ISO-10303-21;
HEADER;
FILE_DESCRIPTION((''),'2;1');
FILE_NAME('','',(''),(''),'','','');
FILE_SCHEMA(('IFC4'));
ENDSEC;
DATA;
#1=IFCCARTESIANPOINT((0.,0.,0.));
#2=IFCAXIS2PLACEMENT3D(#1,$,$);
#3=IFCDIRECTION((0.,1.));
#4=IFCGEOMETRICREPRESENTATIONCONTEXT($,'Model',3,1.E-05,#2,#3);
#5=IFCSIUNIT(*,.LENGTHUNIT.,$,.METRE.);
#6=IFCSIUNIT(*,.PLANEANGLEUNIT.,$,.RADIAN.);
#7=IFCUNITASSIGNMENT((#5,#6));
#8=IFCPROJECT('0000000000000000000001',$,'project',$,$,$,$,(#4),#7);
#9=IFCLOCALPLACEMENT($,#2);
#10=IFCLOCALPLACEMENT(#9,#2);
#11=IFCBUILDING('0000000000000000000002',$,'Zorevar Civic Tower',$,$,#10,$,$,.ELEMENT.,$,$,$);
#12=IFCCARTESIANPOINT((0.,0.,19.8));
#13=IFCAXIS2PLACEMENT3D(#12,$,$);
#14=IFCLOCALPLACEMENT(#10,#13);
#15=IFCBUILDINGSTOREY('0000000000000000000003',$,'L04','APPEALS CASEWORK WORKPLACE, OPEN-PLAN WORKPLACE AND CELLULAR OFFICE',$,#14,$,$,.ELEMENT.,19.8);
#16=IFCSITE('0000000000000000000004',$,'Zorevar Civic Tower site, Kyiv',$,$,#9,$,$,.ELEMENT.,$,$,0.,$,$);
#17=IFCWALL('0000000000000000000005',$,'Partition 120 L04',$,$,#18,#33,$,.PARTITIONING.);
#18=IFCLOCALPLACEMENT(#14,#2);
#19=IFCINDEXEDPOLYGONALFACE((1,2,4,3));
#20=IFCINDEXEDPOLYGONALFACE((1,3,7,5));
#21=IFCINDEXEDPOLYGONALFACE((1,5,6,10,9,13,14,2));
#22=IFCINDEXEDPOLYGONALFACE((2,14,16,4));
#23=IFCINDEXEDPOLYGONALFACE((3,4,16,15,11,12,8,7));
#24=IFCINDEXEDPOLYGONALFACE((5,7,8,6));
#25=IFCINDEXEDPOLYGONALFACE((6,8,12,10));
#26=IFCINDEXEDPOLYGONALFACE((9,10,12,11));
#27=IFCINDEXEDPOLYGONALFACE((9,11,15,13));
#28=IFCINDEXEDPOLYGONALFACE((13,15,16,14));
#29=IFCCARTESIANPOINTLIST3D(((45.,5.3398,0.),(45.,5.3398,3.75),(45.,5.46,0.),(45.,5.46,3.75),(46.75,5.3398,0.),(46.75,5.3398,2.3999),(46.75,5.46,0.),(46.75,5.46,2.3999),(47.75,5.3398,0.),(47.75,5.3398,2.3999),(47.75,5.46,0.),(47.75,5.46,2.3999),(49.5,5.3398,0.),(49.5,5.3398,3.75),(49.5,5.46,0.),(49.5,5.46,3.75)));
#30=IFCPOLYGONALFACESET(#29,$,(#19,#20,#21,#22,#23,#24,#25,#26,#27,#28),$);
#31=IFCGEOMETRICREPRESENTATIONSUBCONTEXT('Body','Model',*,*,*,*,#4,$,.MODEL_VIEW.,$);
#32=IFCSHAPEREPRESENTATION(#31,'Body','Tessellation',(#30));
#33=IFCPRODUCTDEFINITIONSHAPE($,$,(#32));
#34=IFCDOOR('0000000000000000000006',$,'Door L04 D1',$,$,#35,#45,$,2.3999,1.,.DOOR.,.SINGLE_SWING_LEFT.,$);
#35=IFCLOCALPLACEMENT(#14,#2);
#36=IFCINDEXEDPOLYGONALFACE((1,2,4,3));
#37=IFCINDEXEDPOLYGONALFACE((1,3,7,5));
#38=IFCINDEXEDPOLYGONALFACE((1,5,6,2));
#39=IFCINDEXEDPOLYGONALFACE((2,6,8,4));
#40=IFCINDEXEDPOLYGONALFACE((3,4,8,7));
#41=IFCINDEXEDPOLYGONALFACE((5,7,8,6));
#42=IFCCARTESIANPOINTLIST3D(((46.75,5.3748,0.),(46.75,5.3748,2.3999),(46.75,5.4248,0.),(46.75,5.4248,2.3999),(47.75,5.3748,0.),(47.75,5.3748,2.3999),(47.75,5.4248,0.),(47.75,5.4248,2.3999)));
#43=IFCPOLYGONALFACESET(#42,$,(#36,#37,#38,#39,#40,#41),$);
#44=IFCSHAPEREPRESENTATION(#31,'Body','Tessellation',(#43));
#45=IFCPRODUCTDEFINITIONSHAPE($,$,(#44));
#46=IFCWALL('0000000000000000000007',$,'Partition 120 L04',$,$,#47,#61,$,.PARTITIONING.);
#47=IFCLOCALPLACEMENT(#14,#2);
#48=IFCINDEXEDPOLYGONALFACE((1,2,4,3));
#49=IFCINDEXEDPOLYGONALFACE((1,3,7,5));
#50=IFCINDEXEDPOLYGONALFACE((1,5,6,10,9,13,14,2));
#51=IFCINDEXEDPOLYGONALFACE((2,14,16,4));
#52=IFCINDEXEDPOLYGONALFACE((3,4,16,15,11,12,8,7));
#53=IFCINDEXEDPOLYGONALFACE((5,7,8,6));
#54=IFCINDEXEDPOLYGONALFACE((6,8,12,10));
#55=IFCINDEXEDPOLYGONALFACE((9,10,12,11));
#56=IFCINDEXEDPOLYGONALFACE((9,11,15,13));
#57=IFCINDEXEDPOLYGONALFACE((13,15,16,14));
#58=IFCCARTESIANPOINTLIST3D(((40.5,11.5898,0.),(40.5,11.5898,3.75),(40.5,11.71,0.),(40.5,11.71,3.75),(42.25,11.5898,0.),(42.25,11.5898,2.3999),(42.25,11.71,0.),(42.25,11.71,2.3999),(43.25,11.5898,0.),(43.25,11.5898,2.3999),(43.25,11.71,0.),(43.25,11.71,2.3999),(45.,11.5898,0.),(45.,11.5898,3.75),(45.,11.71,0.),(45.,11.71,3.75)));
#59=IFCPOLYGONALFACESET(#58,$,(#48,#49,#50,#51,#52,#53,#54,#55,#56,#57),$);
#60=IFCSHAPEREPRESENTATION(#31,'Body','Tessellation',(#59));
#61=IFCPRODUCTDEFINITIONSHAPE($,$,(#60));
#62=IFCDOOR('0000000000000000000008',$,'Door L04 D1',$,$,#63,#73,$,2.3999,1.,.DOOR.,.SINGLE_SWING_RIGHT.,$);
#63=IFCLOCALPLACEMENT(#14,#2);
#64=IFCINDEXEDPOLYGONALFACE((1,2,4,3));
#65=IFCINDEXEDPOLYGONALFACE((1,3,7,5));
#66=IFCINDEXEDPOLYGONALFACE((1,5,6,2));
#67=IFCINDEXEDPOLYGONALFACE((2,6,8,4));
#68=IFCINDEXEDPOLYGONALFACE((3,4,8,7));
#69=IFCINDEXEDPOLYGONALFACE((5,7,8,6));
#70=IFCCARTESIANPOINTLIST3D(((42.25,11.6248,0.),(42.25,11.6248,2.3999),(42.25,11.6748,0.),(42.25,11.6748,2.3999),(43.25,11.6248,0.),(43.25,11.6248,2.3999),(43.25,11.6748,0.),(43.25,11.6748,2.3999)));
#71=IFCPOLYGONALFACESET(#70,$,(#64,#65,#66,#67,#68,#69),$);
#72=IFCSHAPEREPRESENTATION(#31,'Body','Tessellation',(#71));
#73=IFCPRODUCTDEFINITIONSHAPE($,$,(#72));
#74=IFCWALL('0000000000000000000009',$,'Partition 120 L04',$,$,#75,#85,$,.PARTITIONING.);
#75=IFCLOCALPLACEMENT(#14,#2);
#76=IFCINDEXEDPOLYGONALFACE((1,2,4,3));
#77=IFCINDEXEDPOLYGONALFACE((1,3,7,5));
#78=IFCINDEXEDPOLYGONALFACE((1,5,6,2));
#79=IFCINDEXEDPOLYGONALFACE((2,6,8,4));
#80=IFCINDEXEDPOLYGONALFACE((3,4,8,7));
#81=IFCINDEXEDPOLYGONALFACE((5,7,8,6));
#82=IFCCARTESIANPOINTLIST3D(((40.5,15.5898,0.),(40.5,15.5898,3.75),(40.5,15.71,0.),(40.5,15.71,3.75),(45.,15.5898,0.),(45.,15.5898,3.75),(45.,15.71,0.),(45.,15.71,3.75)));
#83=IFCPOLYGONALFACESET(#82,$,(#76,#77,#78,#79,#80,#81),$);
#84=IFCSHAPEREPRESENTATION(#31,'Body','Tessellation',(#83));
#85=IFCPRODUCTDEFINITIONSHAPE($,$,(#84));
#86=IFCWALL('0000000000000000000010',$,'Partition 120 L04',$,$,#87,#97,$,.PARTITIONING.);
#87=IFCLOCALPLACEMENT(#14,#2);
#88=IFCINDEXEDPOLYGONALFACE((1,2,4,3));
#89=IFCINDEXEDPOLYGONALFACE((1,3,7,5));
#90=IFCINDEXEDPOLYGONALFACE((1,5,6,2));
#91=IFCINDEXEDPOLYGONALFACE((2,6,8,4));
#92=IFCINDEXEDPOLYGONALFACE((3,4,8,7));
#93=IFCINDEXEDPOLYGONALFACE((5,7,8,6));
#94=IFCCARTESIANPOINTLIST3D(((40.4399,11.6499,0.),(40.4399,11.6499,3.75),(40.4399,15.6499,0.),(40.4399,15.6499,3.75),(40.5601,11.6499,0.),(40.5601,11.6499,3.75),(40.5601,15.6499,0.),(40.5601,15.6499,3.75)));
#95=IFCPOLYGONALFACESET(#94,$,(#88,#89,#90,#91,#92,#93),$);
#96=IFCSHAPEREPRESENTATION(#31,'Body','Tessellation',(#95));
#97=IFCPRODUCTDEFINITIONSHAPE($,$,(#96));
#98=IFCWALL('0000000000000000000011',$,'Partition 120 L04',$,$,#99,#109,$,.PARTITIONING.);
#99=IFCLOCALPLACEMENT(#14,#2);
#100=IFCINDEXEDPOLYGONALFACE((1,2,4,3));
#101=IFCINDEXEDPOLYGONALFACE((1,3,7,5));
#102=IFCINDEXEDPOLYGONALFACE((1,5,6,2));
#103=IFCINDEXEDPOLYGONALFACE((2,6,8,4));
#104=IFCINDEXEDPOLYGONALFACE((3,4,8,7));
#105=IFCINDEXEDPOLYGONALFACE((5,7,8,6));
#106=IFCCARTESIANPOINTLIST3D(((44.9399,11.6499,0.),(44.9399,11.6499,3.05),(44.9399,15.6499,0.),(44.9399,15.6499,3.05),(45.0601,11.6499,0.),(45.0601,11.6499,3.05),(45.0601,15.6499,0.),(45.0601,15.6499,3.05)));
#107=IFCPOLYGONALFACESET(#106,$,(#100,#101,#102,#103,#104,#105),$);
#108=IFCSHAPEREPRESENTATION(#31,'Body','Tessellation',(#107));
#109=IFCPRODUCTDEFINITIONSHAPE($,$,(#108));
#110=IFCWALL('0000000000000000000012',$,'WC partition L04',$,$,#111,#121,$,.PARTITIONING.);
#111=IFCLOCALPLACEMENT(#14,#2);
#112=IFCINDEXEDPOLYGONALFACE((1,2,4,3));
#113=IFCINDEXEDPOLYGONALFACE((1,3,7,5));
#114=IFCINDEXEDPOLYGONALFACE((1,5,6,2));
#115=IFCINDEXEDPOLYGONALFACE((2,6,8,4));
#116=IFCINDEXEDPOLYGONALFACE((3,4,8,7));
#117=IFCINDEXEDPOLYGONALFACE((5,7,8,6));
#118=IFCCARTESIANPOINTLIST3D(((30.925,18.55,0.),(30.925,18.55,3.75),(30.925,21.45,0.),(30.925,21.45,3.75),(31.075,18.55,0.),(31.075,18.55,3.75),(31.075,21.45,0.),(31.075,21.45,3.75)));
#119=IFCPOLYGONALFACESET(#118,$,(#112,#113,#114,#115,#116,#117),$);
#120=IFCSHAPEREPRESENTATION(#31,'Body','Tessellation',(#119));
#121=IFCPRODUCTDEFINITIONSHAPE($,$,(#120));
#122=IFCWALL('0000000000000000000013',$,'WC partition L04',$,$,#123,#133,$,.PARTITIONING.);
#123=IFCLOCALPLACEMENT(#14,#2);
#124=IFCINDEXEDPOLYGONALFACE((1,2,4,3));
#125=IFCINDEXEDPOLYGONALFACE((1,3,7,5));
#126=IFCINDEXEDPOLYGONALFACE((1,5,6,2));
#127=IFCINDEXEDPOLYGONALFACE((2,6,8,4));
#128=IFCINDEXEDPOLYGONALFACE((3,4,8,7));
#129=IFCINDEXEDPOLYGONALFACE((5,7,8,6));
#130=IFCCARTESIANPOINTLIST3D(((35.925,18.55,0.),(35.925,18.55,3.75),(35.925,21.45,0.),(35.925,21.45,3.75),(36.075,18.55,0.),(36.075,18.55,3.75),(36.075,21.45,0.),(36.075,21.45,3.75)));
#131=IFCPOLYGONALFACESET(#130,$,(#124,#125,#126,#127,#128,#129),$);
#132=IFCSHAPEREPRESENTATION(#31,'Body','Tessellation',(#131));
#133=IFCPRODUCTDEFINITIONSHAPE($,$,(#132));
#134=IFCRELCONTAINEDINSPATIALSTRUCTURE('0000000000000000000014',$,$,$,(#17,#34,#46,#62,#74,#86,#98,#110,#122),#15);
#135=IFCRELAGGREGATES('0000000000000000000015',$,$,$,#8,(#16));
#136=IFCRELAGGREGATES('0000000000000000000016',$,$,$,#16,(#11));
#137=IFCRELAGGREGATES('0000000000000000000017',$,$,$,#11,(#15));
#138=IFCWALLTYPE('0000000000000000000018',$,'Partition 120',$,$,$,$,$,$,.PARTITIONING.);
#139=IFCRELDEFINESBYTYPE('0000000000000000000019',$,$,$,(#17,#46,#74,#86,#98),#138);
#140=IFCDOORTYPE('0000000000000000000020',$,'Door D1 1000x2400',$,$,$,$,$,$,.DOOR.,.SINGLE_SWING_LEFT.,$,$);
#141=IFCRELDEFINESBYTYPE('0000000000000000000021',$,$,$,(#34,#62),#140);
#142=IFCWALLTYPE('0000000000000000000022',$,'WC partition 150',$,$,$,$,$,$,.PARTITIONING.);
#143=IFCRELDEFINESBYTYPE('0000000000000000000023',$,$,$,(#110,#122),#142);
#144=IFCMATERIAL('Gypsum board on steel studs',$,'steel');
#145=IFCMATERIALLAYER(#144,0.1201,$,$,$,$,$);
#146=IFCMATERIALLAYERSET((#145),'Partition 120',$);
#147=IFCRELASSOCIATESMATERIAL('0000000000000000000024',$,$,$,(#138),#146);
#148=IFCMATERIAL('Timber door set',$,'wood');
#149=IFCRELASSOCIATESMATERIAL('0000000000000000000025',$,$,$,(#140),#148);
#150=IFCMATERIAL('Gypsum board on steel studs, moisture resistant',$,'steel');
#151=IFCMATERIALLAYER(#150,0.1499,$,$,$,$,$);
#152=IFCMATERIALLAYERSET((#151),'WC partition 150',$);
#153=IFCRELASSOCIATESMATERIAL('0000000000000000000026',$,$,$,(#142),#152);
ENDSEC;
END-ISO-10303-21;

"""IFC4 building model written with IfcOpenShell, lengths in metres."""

from ifc_helpers import new_model, si_unit, direction, frame, frame_2d, origin, place, context, subcontext, project, spatial, rectangle, extrude, material, layer, layer_set, type_object, element, fill, save


model = new_model("IFC4")

# Units and contexts
model_context = context("Model", 3, precision=1e-05, world=origin(), true_north=direction((0.0, 1.0)))
body_context = subcontext(model_context, "Body", "Model", "MODEL_VIEW")
ifc_project = project(units=[si_unit("LENGTHUNIT", "METRE"), si_unit("PLANEANGLEUNIT", "RADIAN")], contexts=[model_context])

# Site, building, storey
site_placement = place(None, origin())
site = spatial("IfcSite", under=ifc_project, at=site_placement, Name="Zorevar Civic Tower site, Kyiv", CompositionType="ELEMENT", RefElevation=0.0)
building_placement = place(site_placement, origin())
building = spatial("IfcBuilding", under=site, at=building_placement, Name="Zorevar Civic Tower", CompositionType="ELEMENT")
storey_placement = place(building_placement, frame((0.0, 0.0, 19.8)))
storey = spatial("IfcBuildingStorey", under=building, at=storey_placement, Name="L04", Description="APPEALS CASEWORK WORKPLACE, OPEN-PLAN WORKPLACE AND CELLULAR OFFICE", CompositionType="ELEMENT", Elevation=19.8)

# Walls, openings, doors
ifc_material_1 = material(Name="Gypsum board on steel studs", Category="steel")
ifc_layer_1 = layer(ifc_material_1, 0.1201)
ifc_layer_set_1 = layer_set([ifc_layer_1], Name="Partition 120")
wall_type_1 = type_object("IfcWallType", Name="Partition 120", PredefinedType="PARTITIONING", material=ifc_layer_set_1)
wall_1_placement = place(storey_placement, frame((45.0, 5.3999, 0.0), z_axis=(0.0, 0.0, 1.0), x_axis=(1.0, 0.0, 0.0)))
wall_1 = element("IfcWall", 1, at=wall_1_placement, inside=storey, type_object=wall_type_1, Name="Partition 120 L04", PredefinedType="PARTITIONING", context=body_context, shape_type="SweptSolid", body=[
    extrude(rectangle(XDim=4.5, YDim=0.1201, at=frame_2d((2.25, 0.0))), origin(), (0.0, 0.0, 1.0), 3.75),
])
opening_1_placement = place(wall_1_placement, frame((1.75, 0.0, 0.0)))
opening_1 = element("IfcOpeningElement", 2, at=opening_1_placement, cuts=wall_1, PredefinedType="OPENING", context=body_context, shape_type="SweptSolid", body=[
    extrude(rectangle(XDim=1.0, YDim=2.3999, at=frame_2d((0.5, 1.2))), frame((0.0, 0.0701, 0.0), z_axis=(0.0, -1.0, 0.0), x_axis=(1.0, 0.0, 0.0)), (0.0, 0.0, 1.0), 0.1401),
])
ifc_material_2 = material(Name="Timber door set", Category="wood")
door_type_1 = type_object("IfcDoorType", Name="Door D1 1000x2400", OperationType="SINGLE_SWING_LEFT", PredefinedType="DOOR", material=ifc_material_2)
door_1_placement = place(opening_1_placement, origin())
door_1 = element("IfcDoor", 3, at=door_1_placement, inside=storey, type_object=door_type_1, Name="Door L04 D1", OperationType="SINGLE_SWING_LEFT", OverallHeight=2.3999, OverallWidth=1.0, PredefinedType="DOOR", context=body_context, shape_type="SweptSolid", body=[
    extrude(rectangle(XDim=1.0, YDim=2.3999, at=frame_2d((0.5, 1.2))), frame((0.0, 0.0249, 0.0), z_axis=(0.0, -1.0, 0.0), x_axis=(1.0, 0.0, 0.0)), (0.0, 0.0, 1.0), 0.05),
])
fill(opening_1, door_1)
wall_2_placement = place(storey_placement, frame((40.5, 11.6499, 0.0), z_axis=(0.0, 0.0, 1.0), x_axis=(1.0, 0.0, 0.0)))
wall_2 = element("IfcWall", 4, at=wall_2_placement, inside=storey, type_object=wall_type_1, Name="Partition 120 L04", PredefinedType="PARTITIONING", context=body_context, shape_type="SweptSolid", body=[
    extrude(rectangle(XDim=4.5, YDim=0.1201, at=frame_2d((2.25, 0.0))), origin(), (0.0, 0.0, 1.0), 3.75),
])
opening_2_placement = place(wall_2_placement, frame((1.75, 0.0, 0.0)))
opening_2 = element("IfcOpeningElement", 5, at=opening_2_placement, cuts=wall_2, PredefinedType="OPENING", context=body_context, shape_type="SweptSolid", body=[
    extrude(rectangle(XDim=1.0, YDim=2.3999, at=frame_2d((0.5, 1.2))), frame((0.0, 0.0701, 0.0), z_axis=(0.0, -1.0, 0.0), x_axis=(1.0, 0.0, 0.0)), (0.0, 0.0, 1.0), 0.1401),
])
door_2_placement = place(opening_2_placement, origin())
door_2 = element("IfcDoor", 6, at=door_2_placement, inside=storey, type_object=door_type_1, Name="Door L04 D1", OperationType="SINGLE_SWING_RIGHT", OverallHeight=2.3999, OverallWidth=1.0, PredefinedType="DOOR", context=body_context, shape_type="SweptSolid", body=[
    extrude(rectangle(XDim=1.0, YDim=2.3999, at=frame_2d((0.5, 1.2))), frame((0.0, 0.0249, 0.0), z_axis=(0.0, -1.0, 0.0), x_axis=(1.0, 0.0, 0.0)), (0.0, 0.0, 1.0), 0.05),
])
fill(opening_2, door_2)

# Walls
wall_3_placement = place(storey_placement, frame((40.5, 15.6499, 0.0), z_axis=(0.0, 0.0, 1.0), x_axis=(1.0, 0.0, 0.0)))
element("IfcWall", 7, at=wall_3_placement, inside=storey, type_object=wall_type_1, Name="Partition 120 L04", PredefinedType="PARTITIONING", context=body_context, shape_type="SweptSolid", body=[
    extrude(rectangle(XDim=4.5, YDim=0.1201, at=frame_2d((2.25, 0.0))), origin(), (0.0, 0.0, 1.0), 3.75),
])
wall_4_placement = place(storey_placement, frame((40.5, 11.6499, 0.0), z_axis=(0.0, 0.0, 1.0), x_axis=(0.0, 1.0, 0.0)))
element("IfcWall", 8, at=wall_4_placement, inside=storey, type_object=wall_type_1, Name="Partition 120 L04", PredefinedType="PARTITIONING", context=body_context, shape_type="SweptSolid", body=[
    extrude(rectangle(XDim=4.0, YDim=0.1201, at=frame_2d((2.0, 0.0))), origin(), (0.0, 0.0, 1.0), 3.75),
])
wall_5_placement = place(storey_placement, frame((45.0, 11.6499, 0.0), z_axis=(0.0, 0.0, 1.0), x_axis=(0.0, 1.0, 0.0)))
element("IfcWall", 9, at=wall_5_placement, inside=storey, type_object=wall_type_1, Name="Partition 120 L04", PredefinedType="PARTITIONING", context=body_context, shape_type="SweptSolid", body=[
    extrude(rectangle(XDim=4.0, YDim=0.1201, at=frame_2d((2.0, 0.0))), origin(), (0.0, 0.0, 1.0), 3.05),
])
ifc_material_3 = material(Name="Gypsum board on steel studs, moisture resistant", Category="steel")
ifc_layer_2 = layer(ifc_material_3, 0.1499)
ifc_layer_set_2 = layer_set([ifc_layer_2], Name="WC partition 150")
wall_type_2 = type_object("IfcWallType", Name="WC partition 150", PredefinedType="PARTITIONING", material=ifc_layer_set_2)
for number, where, z_axis, x_axis, name in (
    (10, (31.0, 18.55, 0.0), (0.0, 0.0, 1.0), (0.0, 1.0, 0.0), "WC partition L04"),
    (11, (36.0, 18.55, 0.0), (0.0, 0.0, 1.0), (0.0, 1.0, 0.0), "WC partition L04"),
):
    element("IfcWall", number, at=place(storey_placement, frame(where, z_axis=z_axis, x_axis=x_axis)), inside=storey, type_object=wall_type_2, Name=name, PredefinedType="PARTITIONING", context=body_context, shape_type="SweptSolid", body=[
        extrude(rectangle(XDim=2.8999, YDim=0.1499, at=frame_2d((1.45, 0.0))), origin(), (0.0, 0.0, 1.0), 3.75),
    ])

save(model, "model.ifc")
